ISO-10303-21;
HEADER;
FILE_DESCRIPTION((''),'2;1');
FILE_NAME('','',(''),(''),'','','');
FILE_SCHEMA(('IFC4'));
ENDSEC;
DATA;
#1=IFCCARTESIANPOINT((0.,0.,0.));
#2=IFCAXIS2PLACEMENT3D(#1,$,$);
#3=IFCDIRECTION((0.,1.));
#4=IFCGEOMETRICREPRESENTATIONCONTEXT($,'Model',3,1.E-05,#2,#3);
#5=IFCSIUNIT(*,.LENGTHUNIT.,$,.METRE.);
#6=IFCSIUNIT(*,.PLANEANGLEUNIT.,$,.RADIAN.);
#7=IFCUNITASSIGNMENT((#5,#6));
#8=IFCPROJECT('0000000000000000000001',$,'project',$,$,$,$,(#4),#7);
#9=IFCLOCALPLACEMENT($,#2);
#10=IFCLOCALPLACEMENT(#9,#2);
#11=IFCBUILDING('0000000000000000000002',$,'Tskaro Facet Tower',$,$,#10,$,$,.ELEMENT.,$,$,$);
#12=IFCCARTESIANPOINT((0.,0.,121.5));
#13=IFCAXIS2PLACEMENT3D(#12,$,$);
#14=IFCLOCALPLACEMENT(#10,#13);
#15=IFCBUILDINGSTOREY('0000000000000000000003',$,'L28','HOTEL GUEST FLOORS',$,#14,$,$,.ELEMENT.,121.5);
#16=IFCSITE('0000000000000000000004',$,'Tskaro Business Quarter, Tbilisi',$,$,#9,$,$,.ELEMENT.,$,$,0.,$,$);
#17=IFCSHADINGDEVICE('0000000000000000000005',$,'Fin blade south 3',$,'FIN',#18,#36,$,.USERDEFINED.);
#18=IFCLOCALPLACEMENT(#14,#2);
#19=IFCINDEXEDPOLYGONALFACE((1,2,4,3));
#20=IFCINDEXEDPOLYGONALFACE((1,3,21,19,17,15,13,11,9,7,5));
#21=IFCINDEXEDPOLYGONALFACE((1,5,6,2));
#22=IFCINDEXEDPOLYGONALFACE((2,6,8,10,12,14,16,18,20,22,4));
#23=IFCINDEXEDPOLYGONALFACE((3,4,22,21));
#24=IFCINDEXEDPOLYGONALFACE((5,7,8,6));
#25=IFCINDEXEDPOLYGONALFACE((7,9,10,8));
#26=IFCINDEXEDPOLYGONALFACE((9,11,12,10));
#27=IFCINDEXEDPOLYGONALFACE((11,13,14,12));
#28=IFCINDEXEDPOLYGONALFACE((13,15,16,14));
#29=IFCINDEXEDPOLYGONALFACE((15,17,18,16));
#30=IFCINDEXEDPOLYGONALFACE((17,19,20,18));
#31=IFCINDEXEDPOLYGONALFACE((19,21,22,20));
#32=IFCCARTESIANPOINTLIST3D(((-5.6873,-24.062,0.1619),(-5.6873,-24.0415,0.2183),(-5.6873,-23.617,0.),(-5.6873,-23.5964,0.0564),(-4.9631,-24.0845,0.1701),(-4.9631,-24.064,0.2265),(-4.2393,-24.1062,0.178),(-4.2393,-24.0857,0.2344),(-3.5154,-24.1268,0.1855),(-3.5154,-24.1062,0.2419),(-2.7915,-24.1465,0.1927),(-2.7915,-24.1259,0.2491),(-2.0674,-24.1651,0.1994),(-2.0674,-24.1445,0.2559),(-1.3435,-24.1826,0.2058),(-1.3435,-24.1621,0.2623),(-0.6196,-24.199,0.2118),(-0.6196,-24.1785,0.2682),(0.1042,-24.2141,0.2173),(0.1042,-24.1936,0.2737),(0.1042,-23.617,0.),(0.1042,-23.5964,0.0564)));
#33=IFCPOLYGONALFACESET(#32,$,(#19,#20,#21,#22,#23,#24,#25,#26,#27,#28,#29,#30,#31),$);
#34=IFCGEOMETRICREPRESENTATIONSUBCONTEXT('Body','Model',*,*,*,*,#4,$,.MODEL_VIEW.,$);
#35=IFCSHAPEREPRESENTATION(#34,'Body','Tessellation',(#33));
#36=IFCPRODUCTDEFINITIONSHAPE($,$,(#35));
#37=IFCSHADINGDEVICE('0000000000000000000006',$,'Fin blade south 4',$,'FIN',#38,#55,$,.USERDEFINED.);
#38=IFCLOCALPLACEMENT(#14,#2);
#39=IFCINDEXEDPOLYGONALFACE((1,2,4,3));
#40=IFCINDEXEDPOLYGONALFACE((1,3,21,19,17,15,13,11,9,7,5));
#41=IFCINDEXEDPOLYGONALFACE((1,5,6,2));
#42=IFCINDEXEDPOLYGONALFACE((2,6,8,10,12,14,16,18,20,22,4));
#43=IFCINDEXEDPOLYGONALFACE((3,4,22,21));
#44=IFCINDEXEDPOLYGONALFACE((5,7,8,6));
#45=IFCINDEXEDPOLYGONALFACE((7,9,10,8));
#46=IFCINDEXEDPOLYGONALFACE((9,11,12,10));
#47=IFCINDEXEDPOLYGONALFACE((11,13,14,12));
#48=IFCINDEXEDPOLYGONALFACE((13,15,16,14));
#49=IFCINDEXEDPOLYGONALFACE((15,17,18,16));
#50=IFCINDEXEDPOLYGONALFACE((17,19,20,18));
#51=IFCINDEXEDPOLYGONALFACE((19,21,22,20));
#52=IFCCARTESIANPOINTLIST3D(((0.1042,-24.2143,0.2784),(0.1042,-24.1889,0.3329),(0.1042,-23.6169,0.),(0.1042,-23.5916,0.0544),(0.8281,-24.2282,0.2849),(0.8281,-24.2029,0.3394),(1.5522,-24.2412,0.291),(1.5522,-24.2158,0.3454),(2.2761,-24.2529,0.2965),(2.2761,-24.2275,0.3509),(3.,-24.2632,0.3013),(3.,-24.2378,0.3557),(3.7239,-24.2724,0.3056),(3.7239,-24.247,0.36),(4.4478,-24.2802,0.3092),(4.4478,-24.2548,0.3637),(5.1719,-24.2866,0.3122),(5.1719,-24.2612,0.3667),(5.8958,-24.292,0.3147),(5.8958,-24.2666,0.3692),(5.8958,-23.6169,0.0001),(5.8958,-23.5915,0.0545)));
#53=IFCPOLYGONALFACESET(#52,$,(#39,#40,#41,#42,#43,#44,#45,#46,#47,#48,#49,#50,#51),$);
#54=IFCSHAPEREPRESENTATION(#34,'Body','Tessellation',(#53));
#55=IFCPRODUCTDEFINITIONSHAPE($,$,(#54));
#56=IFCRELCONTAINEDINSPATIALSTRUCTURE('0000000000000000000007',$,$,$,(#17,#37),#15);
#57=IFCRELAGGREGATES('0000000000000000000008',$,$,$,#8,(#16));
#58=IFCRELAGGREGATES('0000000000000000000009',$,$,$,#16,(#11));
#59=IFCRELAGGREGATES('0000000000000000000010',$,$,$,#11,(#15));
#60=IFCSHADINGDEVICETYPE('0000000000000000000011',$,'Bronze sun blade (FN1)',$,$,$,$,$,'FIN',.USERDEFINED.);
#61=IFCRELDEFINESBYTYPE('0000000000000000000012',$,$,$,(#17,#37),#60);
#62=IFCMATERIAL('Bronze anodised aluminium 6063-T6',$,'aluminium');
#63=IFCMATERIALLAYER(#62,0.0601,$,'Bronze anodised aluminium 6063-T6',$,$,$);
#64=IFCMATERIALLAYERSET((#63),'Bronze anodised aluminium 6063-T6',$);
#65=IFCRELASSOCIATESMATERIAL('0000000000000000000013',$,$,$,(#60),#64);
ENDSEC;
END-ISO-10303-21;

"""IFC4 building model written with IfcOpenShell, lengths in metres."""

from ifc_helpers import new_model, si_unit, direction, frame, origin, place, context, subcontext, project, spatial, polyline, outline, extrude, material, layer, layer_set, type_object, element, save


model = new_model("IFC4")

# Units and contexts
model_context = context("Model", 3, precision=1e-05, world=origin(), true_north=direction((0.0, 1.0)))
body_context = subcontext(model_context, "Body", "Model", "MODEL_VIEW")
ifc_project = project(units=[si_unit("LENGTHUNIT", "METRE"), si_unit("PLANEANGLEUNIT", "RADIAN")], contexts=[model_context])

# Site, building, storey
site_placement = place(None, origin())
site = spatial("IfcSite", under=ifc_project, at=site_placement, Name="Tskaro Business Quarter, Tbilisi", CompositionType="ELEMENT", RefElevation=0.0)
building_placement = place(site_placement, origin())
building = spatial("IfcBuilding", under=site, at=building_placement, Name="Tskaro Facet Tower", CompositionType="ELEMENT")
storey_placement = place(building_placement, frame((0.0, 0.0, 121.5)))
storey = spatial("IfcBuildingStorey", under=building, at=storey_placement, Name="L28", Description="HOTEL GUEST FLOORS", CompositionType="ELEMENT", Elevation=121.5)

# Shared definitions
ifc_material_1 = material(Name="Bronze anodised aluminium 6063-T6", Category="aluminium")

# Shading devices
ifc_layer_1 = layer(ifc_material_1, 0.0601, Name="Bronze anodised aluminium 6063-T6")
ifc_layer_set_1 = layer_set([ifc_layer_1], Name="Bronze anodised aluminium 6063-T6")
shading_device_type = type_object("IfcShadingDeviceType", Name="Bronze sun blade (FN1)", ElementType="FIN", PredefinedType="USERDEFINED", material=ifc_layer_set_1)
shading_device_1_placement = place(storey_placement, frame((-5.6873, -23.5964, 0.0564), z_axis=(-0.000005, 0.341955, 0.939716), x_axis=(1.0, 0.000002, 0.000004)))
element("IfcShadingDevice", 1, at=shading_device_1_placement, inside=storey, type_object=shading_device_type, Name="Fin blade south 3", ObjectType="FIN", PredefinedType="USERDEFINED", context=body_context, shape_type="SweptSolid", body=[
    extrude(outline(polyline([(0.0, 0.0), (5.7915, 0.0), (5.7915, -0.6355), (5.0676, -0.6194), (4.3437, -0.602), (3.6199, -0.5833), (2.8958, -0.5635), (2.1719, -0.5425), (1.448, -0.5206), (0.7241, -0.4975), (0.0, -0.4736), (0.0, 0.0)])), origin(), (0.0, 0.0, -1.0), 0.0601),
])
shading_device_2_placement = place(storey_placement, frame((0.1042, -23.5916, 0.0544), z_axis=(-0.000015, 0.422448, 0.906387), x_axis=(1.0, 0.000006, 0.000013)))
element("IfcShadingDevice", 2, at=shading_device_2_placement, inside=storey, type_object=shading_device_type, Name="Fin blade south 4", ObjectType="FIN", PredefinedType="USERDEFINED", context=body_context, shape_type="SweptSolid", body=[
    extrude(outline(polyline([(0.0, 0.0), (5.7915, 0.0), (5.7915, -0.7448), (5.0676, -0.7389), (4.3435, -0.7318), (3.6196, -0.7232), (2.8958, -0.713), (2.1719, -0.7017), (1.448, -0.6888), (0.7239, -0.6745), (0.0, -0.6591), (0.0, 0.0)])), origin(), (0.0, 0.0, -1.0), 0.0601),
])

save(model, "model.ifc")
